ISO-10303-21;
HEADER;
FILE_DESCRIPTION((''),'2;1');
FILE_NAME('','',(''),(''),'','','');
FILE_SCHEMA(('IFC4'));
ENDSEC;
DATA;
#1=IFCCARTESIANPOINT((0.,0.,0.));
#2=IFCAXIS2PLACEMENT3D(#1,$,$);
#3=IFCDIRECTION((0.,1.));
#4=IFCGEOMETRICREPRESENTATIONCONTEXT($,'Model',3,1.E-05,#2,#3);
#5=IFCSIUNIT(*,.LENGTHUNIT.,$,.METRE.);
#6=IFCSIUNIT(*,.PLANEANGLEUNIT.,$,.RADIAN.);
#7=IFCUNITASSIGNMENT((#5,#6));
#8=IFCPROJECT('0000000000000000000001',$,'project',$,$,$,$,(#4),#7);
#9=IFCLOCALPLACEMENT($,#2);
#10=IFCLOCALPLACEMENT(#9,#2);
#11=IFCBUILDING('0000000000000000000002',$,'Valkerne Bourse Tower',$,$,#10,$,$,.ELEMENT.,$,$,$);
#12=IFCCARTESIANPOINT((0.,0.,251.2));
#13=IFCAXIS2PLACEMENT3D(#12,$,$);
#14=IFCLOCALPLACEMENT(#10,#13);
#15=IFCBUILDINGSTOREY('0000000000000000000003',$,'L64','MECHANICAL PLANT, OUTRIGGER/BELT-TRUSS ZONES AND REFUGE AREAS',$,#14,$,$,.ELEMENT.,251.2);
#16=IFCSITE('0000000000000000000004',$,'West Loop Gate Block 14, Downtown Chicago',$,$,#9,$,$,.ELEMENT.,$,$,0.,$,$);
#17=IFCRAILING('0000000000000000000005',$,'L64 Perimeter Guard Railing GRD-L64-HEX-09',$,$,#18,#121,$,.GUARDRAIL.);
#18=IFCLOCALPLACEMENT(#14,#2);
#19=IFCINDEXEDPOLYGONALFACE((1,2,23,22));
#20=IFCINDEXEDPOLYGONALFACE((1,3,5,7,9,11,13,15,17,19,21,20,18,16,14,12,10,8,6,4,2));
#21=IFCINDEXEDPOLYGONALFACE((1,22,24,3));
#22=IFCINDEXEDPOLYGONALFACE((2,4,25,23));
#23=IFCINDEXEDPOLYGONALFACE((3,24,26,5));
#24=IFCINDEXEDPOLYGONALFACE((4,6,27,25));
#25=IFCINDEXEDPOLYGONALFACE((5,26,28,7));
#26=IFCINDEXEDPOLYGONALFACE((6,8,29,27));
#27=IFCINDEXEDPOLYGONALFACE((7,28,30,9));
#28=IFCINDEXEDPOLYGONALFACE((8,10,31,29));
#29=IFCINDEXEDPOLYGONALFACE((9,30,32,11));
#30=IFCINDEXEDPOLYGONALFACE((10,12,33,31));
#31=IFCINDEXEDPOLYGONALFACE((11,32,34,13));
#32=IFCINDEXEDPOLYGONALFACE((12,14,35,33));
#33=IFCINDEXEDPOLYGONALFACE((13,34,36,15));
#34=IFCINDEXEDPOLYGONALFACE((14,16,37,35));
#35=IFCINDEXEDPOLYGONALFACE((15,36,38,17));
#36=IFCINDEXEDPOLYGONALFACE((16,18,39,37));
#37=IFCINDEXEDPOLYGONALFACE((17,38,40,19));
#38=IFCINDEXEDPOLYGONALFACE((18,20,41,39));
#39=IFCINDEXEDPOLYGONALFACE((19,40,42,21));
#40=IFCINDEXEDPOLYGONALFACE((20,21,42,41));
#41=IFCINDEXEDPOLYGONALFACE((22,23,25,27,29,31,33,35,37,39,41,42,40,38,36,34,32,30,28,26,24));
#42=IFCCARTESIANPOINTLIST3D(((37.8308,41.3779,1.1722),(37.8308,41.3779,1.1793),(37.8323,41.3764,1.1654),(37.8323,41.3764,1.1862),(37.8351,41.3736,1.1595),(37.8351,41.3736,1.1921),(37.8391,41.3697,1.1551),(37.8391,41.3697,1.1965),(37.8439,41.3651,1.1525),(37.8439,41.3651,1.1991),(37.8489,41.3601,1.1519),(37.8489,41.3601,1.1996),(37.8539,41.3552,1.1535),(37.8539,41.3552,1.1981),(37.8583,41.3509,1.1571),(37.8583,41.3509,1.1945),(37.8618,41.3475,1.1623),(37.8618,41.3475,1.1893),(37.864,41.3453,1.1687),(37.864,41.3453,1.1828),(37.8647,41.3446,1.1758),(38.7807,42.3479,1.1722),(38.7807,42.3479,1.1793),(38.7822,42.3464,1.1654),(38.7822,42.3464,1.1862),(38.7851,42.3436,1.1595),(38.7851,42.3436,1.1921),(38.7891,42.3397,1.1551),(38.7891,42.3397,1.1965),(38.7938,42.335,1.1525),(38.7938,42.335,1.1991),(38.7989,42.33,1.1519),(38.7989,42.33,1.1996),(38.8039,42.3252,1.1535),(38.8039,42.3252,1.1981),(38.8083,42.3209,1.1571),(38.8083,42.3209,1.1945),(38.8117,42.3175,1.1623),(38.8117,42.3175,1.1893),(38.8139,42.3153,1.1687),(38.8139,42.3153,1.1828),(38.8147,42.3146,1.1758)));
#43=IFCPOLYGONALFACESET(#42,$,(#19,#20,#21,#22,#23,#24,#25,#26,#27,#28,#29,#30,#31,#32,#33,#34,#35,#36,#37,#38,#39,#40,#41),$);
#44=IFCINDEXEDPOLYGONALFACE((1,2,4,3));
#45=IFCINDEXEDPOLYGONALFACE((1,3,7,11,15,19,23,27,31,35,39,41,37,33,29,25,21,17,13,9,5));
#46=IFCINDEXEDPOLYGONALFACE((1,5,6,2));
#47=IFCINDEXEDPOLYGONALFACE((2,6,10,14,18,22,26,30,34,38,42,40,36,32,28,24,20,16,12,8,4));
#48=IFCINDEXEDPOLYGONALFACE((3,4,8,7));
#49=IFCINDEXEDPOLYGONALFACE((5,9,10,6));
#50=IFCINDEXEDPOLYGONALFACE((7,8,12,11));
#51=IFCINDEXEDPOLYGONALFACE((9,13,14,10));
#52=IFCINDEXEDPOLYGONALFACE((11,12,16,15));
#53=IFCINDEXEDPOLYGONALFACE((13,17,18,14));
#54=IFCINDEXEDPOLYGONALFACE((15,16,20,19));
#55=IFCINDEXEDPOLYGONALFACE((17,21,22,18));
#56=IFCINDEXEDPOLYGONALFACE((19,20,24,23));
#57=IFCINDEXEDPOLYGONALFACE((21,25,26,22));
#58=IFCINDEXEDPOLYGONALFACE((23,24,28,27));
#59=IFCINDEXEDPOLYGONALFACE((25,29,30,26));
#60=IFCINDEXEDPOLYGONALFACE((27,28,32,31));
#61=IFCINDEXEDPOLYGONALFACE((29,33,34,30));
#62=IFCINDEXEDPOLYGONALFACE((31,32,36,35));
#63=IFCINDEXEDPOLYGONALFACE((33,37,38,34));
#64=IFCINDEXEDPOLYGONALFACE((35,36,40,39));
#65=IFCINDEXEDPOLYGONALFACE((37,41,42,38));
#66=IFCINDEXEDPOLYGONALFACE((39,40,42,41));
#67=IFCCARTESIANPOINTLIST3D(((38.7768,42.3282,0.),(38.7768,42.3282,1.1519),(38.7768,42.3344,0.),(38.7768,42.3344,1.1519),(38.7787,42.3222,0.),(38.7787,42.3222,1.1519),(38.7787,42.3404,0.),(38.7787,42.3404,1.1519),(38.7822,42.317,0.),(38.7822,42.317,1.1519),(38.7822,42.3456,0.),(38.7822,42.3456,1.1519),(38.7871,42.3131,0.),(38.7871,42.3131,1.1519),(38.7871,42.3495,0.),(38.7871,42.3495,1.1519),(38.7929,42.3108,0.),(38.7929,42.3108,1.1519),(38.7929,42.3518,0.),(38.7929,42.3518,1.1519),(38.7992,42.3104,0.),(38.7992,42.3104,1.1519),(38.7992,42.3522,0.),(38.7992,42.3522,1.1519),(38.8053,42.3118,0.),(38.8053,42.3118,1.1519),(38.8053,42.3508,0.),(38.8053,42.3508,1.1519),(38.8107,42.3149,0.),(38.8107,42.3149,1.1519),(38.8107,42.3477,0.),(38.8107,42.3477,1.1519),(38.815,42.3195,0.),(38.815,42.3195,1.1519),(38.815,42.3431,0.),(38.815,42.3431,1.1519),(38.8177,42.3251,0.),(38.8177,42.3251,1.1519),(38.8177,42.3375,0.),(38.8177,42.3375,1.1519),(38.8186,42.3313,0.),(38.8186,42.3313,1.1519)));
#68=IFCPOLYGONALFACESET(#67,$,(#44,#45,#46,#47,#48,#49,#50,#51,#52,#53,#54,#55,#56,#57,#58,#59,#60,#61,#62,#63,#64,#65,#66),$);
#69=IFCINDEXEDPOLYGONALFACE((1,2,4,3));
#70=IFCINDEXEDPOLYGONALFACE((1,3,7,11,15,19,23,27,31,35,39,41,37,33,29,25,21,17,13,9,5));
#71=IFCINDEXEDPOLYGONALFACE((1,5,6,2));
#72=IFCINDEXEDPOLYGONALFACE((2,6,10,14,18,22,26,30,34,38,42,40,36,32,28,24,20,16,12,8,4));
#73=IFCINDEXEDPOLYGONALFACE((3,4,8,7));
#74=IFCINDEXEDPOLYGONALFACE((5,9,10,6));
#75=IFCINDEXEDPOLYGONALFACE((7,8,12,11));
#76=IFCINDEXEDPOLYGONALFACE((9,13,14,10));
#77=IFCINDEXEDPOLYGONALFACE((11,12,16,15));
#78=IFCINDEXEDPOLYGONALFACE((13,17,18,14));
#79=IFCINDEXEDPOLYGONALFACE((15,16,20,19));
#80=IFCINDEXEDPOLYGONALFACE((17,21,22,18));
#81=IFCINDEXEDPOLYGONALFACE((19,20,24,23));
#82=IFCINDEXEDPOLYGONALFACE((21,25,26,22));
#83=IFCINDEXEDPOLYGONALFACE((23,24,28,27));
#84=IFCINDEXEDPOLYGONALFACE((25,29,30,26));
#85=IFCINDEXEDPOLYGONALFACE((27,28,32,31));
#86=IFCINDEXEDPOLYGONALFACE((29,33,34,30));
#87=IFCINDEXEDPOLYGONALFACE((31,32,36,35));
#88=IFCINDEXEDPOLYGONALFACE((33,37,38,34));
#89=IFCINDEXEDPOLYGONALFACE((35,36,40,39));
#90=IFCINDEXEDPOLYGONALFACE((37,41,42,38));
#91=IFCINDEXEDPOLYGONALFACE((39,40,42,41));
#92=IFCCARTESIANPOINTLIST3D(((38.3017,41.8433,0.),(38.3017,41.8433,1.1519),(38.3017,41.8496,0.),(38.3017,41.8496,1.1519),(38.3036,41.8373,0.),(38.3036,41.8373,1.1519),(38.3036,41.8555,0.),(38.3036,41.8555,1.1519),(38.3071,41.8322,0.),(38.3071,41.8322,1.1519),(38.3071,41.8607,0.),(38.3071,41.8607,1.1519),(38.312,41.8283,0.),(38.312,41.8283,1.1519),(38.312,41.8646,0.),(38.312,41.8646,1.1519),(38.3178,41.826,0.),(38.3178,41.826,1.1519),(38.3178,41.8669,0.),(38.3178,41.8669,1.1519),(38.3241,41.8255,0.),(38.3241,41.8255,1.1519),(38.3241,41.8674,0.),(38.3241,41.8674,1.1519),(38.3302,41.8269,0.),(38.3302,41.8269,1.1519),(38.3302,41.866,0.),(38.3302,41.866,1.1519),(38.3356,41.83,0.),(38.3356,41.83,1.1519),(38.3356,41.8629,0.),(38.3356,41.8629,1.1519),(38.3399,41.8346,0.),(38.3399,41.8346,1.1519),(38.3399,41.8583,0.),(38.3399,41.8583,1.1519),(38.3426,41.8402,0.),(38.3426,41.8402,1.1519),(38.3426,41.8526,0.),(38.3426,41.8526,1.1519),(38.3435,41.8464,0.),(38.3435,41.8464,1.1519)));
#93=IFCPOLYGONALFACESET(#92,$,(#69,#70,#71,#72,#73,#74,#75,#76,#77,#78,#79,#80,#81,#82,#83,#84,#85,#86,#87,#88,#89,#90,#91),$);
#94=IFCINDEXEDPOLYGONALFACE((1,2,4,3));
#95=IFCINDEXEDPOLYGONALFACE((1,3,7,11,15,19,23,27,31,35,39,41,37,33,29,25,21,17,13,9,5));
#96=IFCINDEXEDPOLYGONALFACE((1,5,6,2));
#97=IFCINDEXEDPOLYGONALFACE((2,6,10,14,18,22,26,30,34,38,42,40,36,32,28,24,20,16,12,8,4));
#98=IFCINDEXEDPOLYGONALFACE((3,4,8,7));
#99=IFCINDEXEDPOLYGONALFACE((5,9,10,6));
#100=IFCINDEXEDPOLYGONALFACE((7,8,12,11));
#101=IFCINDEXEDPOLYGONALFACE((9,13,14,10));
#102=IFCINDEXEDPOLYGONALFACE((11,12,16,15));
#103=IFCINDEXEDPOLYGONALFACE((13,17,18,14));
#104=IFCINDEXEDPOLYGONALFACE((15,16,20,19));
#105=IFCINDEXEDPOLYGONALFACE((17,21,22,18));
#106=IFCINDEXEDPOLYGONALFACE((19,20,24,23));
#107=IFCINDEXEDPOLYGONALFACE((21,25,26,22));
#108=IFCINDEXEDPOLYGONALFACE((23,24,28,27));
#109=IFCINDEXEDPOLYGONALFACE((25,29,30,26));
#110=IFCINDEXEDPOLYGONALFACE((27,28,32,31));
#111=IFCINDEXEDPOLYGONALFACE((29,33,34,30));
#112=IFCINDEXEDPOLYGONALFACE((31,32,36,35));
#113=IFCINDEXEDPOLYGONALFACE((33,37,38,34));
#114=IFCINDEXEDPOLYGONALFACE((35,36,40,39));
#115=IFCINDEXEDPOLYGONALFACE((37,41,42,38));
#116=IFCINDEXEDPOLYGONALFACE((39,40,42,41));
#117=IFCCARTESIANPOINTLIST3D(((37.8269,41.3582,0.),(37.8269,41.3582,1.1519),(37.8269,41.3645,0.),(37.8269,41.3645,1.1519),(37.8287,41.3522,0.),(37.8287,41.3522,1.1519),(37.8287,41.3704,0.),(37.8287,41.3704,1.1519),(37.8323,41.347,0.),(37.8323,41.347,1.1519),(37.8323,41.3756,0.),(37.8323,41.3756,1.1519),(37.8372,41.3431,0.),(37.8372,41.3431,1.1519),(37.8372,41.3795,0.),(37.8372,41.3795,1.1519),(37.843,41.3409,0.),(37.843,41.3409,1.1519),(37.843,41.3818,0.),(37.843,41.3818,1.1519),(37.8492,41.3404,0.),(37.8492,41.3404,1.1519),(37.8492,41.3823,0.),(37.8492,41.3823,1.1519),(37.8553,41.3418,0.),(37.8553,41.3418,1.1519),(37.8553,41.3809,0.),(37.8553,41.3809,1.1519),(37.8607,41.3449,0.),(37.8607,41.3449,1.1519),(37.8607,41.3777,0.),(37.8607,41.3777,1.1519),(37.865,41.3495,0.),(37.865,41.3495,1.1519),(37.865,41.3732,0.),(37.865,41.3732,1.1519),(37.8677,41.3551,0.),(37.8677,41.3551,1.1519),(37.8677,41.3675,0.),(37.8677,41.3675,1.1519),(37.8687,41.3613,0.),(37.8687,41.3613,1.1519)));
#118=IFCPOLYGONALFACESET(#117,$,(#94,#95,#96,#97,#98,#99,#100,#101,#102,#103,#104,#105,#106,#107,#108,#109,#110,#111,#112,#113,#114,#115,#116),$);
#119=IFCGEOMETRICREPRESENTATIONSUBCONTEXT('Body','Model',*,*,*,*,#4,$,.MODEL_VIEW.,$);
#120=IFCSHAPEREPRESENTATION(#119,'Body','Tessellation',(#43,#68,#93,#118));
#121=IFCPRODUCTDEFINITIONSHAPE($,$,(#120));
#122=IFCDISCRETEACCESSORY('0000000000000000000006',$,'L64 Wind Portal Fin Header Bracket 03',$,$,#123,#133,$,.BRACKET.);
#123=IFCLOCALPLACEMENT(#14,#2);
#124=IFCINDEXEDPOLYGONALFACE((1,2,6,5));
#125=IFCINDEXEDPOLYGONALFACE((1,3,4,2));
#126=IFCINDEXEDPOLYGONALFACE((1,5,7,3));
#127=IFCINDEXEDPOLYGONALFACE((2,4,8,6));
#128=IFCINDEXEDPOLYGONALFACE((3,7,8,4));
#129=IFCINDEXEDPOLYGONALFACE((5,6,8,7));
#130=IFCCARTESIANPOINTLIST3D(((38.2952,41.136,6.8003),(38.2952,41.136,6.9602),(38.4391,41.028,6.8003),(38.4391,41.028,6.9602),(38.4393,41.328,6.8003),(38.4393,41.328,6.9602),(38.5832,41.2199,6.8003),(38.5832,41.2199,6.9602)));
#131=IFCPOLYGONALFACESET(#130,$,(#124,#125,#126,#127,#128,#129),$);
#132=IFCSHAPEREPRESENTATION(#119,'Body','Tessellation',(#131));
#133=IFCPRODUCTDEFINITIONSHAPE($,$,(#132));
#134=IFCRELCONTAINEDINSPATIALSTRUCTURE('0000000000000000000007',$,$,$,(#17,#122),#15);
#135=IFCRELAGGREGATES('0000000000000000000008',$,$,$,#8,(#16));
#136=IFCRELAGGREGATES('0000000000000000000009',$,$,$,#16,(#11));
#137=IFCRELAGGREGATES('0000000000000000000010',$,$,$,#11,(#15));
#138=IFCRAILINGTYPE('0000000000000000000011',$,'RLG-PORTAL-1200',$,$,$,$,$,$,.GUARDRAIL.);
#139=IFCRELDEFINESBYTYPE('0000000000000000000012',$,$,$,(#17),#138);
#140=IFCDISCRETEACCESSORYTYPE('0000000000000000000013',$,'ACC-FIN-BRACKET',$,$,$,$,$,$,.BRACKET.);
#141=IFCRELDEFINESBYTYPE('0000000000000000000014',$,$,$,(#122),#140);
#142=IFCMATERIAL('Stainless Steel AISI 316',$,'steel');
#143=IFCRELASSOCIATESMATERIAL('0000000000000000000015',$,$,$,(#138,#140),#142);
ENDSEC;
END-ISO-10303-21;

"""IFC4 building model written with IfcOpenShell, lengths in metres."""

from ifc_helpers import new_model, si_unit, direction, frame, origin, origin_2d, place, context, subcontext, project, spatial, rectangle, circle, extrude, material, type_object, element, save


model = new_model("IFC4")

# Units and contexts
model_context = context("Model", 3, precision=1e-05, world=origin(), true_north=direction((0.0, 1.0)))
body_context = subcontext(model_context, "Body", "Model", "MODEL_VIEW")
ifc_project = project(units=[si_unit("LENGTHUNIT", "METRE"), si_unit("PLANEANGLEUNIT", "RADIAN")], contexts=[model_context])

# Site, building, storey
site_placement = place(None, origin())
site = spatial("IfcSite", under=ifc_project, at=site_placement, Name="West Loop Gate Block 14, Downtown Chicago", CompositionType="ELEMENT", RefElevation=0.0)
building_placement = place(site_placement, origin())
building = spatial("IfcBuilding", under=site, at=building_placement, Name="Valkerne Bourse Tower", CompositionType="ELEMENT")
storey_placement = place(building_placement, frame((0.0, 0.0, 251.2)))
storey = spatial("IfcBuildingStorey", under=building, at=storey_placement, Name="L64", Description="MECHANICAL PLANT, OUTRIGGER/BELT-TRUSS ZONES AND REFUGE AREAS", CompositionType="ELEMENT", Elevation=251.2)

# Railing
ifc_material_1 = material(Name="Stainless Steel AISI 316", Category="steel")
railing_type = type_object("IfcRailingType", Name="RLG-PORTAL-1200", PredefinedType="GUARDRAIL", material=ifc_material_1)
railing_1_placement = place(storey_placement, frame((38.7976, 42.3313, 0.0)))
element("IfcRailing", 1, at=railing_1_placement, inside=storey, type_object=railing_type, Name="L64 Perimeter Guard Railing GRD-L64-HEX-09", PredefinedType="GUARDRAIL", context=body_context, shape_type="SweptSolid", body=[
    extrude(circle(Radius=0.0239, at=origin_2d()), frame((0.0, 0.0, 1.1758), z_axis=(-0.699696, -0.714441, 0.0), x_axis=(0.714441, -0.699696, 0.0)), (0.0, 0.0, 1.0), 1.3577),
    extrude(circle(Radius=0.021, at=origin_2d()), origin(), (0.0, 0.0, 1.0), 1.1519),
    extrude(circle(Radius=0.021, at=origin_2d()), frame((-0.4751, -0.4849, 0.0)), (0.0, 0.0, 1.0), 1.1519),
    extrude(circle(Radius=0.021, at=origin_2d()), frame((-0.95, -0.97, 0.0)), (0.0, 0.0, 1.0), 1.1519),
])

# Discrete accessory
discrete_accessory_type = type_object("IfcDiscreteAccessoryType", Name="ACC-FIN-BRACKET", PredefinedType="BRACKET", material=ifc_material_1)
discrete_accessory_placement = place(storey_placement, frame((38.4392, 41.178, 6.8003), z_axis=(0.0, 0.0, 1.0), x_axis=(-0.60042, -0.799685, 0.0)))
element("IfcDiscreteAccessory", 2, at=discrete_accessory_placement, inside=storey, type_object=discrete_accessory_type, Name="L64 Wind Portal Fin Header Bracket 03", PredefinedType="BRACKET", context=body_context, shape_type="SweptSolid", body=[
    extrude(rectangle(XDim=0.24, YDim=0.1799, at=origin_2d()), origin(), (0.0, 0.0, 1.0), 0.1599),
])

save(model, "model.ifc")
